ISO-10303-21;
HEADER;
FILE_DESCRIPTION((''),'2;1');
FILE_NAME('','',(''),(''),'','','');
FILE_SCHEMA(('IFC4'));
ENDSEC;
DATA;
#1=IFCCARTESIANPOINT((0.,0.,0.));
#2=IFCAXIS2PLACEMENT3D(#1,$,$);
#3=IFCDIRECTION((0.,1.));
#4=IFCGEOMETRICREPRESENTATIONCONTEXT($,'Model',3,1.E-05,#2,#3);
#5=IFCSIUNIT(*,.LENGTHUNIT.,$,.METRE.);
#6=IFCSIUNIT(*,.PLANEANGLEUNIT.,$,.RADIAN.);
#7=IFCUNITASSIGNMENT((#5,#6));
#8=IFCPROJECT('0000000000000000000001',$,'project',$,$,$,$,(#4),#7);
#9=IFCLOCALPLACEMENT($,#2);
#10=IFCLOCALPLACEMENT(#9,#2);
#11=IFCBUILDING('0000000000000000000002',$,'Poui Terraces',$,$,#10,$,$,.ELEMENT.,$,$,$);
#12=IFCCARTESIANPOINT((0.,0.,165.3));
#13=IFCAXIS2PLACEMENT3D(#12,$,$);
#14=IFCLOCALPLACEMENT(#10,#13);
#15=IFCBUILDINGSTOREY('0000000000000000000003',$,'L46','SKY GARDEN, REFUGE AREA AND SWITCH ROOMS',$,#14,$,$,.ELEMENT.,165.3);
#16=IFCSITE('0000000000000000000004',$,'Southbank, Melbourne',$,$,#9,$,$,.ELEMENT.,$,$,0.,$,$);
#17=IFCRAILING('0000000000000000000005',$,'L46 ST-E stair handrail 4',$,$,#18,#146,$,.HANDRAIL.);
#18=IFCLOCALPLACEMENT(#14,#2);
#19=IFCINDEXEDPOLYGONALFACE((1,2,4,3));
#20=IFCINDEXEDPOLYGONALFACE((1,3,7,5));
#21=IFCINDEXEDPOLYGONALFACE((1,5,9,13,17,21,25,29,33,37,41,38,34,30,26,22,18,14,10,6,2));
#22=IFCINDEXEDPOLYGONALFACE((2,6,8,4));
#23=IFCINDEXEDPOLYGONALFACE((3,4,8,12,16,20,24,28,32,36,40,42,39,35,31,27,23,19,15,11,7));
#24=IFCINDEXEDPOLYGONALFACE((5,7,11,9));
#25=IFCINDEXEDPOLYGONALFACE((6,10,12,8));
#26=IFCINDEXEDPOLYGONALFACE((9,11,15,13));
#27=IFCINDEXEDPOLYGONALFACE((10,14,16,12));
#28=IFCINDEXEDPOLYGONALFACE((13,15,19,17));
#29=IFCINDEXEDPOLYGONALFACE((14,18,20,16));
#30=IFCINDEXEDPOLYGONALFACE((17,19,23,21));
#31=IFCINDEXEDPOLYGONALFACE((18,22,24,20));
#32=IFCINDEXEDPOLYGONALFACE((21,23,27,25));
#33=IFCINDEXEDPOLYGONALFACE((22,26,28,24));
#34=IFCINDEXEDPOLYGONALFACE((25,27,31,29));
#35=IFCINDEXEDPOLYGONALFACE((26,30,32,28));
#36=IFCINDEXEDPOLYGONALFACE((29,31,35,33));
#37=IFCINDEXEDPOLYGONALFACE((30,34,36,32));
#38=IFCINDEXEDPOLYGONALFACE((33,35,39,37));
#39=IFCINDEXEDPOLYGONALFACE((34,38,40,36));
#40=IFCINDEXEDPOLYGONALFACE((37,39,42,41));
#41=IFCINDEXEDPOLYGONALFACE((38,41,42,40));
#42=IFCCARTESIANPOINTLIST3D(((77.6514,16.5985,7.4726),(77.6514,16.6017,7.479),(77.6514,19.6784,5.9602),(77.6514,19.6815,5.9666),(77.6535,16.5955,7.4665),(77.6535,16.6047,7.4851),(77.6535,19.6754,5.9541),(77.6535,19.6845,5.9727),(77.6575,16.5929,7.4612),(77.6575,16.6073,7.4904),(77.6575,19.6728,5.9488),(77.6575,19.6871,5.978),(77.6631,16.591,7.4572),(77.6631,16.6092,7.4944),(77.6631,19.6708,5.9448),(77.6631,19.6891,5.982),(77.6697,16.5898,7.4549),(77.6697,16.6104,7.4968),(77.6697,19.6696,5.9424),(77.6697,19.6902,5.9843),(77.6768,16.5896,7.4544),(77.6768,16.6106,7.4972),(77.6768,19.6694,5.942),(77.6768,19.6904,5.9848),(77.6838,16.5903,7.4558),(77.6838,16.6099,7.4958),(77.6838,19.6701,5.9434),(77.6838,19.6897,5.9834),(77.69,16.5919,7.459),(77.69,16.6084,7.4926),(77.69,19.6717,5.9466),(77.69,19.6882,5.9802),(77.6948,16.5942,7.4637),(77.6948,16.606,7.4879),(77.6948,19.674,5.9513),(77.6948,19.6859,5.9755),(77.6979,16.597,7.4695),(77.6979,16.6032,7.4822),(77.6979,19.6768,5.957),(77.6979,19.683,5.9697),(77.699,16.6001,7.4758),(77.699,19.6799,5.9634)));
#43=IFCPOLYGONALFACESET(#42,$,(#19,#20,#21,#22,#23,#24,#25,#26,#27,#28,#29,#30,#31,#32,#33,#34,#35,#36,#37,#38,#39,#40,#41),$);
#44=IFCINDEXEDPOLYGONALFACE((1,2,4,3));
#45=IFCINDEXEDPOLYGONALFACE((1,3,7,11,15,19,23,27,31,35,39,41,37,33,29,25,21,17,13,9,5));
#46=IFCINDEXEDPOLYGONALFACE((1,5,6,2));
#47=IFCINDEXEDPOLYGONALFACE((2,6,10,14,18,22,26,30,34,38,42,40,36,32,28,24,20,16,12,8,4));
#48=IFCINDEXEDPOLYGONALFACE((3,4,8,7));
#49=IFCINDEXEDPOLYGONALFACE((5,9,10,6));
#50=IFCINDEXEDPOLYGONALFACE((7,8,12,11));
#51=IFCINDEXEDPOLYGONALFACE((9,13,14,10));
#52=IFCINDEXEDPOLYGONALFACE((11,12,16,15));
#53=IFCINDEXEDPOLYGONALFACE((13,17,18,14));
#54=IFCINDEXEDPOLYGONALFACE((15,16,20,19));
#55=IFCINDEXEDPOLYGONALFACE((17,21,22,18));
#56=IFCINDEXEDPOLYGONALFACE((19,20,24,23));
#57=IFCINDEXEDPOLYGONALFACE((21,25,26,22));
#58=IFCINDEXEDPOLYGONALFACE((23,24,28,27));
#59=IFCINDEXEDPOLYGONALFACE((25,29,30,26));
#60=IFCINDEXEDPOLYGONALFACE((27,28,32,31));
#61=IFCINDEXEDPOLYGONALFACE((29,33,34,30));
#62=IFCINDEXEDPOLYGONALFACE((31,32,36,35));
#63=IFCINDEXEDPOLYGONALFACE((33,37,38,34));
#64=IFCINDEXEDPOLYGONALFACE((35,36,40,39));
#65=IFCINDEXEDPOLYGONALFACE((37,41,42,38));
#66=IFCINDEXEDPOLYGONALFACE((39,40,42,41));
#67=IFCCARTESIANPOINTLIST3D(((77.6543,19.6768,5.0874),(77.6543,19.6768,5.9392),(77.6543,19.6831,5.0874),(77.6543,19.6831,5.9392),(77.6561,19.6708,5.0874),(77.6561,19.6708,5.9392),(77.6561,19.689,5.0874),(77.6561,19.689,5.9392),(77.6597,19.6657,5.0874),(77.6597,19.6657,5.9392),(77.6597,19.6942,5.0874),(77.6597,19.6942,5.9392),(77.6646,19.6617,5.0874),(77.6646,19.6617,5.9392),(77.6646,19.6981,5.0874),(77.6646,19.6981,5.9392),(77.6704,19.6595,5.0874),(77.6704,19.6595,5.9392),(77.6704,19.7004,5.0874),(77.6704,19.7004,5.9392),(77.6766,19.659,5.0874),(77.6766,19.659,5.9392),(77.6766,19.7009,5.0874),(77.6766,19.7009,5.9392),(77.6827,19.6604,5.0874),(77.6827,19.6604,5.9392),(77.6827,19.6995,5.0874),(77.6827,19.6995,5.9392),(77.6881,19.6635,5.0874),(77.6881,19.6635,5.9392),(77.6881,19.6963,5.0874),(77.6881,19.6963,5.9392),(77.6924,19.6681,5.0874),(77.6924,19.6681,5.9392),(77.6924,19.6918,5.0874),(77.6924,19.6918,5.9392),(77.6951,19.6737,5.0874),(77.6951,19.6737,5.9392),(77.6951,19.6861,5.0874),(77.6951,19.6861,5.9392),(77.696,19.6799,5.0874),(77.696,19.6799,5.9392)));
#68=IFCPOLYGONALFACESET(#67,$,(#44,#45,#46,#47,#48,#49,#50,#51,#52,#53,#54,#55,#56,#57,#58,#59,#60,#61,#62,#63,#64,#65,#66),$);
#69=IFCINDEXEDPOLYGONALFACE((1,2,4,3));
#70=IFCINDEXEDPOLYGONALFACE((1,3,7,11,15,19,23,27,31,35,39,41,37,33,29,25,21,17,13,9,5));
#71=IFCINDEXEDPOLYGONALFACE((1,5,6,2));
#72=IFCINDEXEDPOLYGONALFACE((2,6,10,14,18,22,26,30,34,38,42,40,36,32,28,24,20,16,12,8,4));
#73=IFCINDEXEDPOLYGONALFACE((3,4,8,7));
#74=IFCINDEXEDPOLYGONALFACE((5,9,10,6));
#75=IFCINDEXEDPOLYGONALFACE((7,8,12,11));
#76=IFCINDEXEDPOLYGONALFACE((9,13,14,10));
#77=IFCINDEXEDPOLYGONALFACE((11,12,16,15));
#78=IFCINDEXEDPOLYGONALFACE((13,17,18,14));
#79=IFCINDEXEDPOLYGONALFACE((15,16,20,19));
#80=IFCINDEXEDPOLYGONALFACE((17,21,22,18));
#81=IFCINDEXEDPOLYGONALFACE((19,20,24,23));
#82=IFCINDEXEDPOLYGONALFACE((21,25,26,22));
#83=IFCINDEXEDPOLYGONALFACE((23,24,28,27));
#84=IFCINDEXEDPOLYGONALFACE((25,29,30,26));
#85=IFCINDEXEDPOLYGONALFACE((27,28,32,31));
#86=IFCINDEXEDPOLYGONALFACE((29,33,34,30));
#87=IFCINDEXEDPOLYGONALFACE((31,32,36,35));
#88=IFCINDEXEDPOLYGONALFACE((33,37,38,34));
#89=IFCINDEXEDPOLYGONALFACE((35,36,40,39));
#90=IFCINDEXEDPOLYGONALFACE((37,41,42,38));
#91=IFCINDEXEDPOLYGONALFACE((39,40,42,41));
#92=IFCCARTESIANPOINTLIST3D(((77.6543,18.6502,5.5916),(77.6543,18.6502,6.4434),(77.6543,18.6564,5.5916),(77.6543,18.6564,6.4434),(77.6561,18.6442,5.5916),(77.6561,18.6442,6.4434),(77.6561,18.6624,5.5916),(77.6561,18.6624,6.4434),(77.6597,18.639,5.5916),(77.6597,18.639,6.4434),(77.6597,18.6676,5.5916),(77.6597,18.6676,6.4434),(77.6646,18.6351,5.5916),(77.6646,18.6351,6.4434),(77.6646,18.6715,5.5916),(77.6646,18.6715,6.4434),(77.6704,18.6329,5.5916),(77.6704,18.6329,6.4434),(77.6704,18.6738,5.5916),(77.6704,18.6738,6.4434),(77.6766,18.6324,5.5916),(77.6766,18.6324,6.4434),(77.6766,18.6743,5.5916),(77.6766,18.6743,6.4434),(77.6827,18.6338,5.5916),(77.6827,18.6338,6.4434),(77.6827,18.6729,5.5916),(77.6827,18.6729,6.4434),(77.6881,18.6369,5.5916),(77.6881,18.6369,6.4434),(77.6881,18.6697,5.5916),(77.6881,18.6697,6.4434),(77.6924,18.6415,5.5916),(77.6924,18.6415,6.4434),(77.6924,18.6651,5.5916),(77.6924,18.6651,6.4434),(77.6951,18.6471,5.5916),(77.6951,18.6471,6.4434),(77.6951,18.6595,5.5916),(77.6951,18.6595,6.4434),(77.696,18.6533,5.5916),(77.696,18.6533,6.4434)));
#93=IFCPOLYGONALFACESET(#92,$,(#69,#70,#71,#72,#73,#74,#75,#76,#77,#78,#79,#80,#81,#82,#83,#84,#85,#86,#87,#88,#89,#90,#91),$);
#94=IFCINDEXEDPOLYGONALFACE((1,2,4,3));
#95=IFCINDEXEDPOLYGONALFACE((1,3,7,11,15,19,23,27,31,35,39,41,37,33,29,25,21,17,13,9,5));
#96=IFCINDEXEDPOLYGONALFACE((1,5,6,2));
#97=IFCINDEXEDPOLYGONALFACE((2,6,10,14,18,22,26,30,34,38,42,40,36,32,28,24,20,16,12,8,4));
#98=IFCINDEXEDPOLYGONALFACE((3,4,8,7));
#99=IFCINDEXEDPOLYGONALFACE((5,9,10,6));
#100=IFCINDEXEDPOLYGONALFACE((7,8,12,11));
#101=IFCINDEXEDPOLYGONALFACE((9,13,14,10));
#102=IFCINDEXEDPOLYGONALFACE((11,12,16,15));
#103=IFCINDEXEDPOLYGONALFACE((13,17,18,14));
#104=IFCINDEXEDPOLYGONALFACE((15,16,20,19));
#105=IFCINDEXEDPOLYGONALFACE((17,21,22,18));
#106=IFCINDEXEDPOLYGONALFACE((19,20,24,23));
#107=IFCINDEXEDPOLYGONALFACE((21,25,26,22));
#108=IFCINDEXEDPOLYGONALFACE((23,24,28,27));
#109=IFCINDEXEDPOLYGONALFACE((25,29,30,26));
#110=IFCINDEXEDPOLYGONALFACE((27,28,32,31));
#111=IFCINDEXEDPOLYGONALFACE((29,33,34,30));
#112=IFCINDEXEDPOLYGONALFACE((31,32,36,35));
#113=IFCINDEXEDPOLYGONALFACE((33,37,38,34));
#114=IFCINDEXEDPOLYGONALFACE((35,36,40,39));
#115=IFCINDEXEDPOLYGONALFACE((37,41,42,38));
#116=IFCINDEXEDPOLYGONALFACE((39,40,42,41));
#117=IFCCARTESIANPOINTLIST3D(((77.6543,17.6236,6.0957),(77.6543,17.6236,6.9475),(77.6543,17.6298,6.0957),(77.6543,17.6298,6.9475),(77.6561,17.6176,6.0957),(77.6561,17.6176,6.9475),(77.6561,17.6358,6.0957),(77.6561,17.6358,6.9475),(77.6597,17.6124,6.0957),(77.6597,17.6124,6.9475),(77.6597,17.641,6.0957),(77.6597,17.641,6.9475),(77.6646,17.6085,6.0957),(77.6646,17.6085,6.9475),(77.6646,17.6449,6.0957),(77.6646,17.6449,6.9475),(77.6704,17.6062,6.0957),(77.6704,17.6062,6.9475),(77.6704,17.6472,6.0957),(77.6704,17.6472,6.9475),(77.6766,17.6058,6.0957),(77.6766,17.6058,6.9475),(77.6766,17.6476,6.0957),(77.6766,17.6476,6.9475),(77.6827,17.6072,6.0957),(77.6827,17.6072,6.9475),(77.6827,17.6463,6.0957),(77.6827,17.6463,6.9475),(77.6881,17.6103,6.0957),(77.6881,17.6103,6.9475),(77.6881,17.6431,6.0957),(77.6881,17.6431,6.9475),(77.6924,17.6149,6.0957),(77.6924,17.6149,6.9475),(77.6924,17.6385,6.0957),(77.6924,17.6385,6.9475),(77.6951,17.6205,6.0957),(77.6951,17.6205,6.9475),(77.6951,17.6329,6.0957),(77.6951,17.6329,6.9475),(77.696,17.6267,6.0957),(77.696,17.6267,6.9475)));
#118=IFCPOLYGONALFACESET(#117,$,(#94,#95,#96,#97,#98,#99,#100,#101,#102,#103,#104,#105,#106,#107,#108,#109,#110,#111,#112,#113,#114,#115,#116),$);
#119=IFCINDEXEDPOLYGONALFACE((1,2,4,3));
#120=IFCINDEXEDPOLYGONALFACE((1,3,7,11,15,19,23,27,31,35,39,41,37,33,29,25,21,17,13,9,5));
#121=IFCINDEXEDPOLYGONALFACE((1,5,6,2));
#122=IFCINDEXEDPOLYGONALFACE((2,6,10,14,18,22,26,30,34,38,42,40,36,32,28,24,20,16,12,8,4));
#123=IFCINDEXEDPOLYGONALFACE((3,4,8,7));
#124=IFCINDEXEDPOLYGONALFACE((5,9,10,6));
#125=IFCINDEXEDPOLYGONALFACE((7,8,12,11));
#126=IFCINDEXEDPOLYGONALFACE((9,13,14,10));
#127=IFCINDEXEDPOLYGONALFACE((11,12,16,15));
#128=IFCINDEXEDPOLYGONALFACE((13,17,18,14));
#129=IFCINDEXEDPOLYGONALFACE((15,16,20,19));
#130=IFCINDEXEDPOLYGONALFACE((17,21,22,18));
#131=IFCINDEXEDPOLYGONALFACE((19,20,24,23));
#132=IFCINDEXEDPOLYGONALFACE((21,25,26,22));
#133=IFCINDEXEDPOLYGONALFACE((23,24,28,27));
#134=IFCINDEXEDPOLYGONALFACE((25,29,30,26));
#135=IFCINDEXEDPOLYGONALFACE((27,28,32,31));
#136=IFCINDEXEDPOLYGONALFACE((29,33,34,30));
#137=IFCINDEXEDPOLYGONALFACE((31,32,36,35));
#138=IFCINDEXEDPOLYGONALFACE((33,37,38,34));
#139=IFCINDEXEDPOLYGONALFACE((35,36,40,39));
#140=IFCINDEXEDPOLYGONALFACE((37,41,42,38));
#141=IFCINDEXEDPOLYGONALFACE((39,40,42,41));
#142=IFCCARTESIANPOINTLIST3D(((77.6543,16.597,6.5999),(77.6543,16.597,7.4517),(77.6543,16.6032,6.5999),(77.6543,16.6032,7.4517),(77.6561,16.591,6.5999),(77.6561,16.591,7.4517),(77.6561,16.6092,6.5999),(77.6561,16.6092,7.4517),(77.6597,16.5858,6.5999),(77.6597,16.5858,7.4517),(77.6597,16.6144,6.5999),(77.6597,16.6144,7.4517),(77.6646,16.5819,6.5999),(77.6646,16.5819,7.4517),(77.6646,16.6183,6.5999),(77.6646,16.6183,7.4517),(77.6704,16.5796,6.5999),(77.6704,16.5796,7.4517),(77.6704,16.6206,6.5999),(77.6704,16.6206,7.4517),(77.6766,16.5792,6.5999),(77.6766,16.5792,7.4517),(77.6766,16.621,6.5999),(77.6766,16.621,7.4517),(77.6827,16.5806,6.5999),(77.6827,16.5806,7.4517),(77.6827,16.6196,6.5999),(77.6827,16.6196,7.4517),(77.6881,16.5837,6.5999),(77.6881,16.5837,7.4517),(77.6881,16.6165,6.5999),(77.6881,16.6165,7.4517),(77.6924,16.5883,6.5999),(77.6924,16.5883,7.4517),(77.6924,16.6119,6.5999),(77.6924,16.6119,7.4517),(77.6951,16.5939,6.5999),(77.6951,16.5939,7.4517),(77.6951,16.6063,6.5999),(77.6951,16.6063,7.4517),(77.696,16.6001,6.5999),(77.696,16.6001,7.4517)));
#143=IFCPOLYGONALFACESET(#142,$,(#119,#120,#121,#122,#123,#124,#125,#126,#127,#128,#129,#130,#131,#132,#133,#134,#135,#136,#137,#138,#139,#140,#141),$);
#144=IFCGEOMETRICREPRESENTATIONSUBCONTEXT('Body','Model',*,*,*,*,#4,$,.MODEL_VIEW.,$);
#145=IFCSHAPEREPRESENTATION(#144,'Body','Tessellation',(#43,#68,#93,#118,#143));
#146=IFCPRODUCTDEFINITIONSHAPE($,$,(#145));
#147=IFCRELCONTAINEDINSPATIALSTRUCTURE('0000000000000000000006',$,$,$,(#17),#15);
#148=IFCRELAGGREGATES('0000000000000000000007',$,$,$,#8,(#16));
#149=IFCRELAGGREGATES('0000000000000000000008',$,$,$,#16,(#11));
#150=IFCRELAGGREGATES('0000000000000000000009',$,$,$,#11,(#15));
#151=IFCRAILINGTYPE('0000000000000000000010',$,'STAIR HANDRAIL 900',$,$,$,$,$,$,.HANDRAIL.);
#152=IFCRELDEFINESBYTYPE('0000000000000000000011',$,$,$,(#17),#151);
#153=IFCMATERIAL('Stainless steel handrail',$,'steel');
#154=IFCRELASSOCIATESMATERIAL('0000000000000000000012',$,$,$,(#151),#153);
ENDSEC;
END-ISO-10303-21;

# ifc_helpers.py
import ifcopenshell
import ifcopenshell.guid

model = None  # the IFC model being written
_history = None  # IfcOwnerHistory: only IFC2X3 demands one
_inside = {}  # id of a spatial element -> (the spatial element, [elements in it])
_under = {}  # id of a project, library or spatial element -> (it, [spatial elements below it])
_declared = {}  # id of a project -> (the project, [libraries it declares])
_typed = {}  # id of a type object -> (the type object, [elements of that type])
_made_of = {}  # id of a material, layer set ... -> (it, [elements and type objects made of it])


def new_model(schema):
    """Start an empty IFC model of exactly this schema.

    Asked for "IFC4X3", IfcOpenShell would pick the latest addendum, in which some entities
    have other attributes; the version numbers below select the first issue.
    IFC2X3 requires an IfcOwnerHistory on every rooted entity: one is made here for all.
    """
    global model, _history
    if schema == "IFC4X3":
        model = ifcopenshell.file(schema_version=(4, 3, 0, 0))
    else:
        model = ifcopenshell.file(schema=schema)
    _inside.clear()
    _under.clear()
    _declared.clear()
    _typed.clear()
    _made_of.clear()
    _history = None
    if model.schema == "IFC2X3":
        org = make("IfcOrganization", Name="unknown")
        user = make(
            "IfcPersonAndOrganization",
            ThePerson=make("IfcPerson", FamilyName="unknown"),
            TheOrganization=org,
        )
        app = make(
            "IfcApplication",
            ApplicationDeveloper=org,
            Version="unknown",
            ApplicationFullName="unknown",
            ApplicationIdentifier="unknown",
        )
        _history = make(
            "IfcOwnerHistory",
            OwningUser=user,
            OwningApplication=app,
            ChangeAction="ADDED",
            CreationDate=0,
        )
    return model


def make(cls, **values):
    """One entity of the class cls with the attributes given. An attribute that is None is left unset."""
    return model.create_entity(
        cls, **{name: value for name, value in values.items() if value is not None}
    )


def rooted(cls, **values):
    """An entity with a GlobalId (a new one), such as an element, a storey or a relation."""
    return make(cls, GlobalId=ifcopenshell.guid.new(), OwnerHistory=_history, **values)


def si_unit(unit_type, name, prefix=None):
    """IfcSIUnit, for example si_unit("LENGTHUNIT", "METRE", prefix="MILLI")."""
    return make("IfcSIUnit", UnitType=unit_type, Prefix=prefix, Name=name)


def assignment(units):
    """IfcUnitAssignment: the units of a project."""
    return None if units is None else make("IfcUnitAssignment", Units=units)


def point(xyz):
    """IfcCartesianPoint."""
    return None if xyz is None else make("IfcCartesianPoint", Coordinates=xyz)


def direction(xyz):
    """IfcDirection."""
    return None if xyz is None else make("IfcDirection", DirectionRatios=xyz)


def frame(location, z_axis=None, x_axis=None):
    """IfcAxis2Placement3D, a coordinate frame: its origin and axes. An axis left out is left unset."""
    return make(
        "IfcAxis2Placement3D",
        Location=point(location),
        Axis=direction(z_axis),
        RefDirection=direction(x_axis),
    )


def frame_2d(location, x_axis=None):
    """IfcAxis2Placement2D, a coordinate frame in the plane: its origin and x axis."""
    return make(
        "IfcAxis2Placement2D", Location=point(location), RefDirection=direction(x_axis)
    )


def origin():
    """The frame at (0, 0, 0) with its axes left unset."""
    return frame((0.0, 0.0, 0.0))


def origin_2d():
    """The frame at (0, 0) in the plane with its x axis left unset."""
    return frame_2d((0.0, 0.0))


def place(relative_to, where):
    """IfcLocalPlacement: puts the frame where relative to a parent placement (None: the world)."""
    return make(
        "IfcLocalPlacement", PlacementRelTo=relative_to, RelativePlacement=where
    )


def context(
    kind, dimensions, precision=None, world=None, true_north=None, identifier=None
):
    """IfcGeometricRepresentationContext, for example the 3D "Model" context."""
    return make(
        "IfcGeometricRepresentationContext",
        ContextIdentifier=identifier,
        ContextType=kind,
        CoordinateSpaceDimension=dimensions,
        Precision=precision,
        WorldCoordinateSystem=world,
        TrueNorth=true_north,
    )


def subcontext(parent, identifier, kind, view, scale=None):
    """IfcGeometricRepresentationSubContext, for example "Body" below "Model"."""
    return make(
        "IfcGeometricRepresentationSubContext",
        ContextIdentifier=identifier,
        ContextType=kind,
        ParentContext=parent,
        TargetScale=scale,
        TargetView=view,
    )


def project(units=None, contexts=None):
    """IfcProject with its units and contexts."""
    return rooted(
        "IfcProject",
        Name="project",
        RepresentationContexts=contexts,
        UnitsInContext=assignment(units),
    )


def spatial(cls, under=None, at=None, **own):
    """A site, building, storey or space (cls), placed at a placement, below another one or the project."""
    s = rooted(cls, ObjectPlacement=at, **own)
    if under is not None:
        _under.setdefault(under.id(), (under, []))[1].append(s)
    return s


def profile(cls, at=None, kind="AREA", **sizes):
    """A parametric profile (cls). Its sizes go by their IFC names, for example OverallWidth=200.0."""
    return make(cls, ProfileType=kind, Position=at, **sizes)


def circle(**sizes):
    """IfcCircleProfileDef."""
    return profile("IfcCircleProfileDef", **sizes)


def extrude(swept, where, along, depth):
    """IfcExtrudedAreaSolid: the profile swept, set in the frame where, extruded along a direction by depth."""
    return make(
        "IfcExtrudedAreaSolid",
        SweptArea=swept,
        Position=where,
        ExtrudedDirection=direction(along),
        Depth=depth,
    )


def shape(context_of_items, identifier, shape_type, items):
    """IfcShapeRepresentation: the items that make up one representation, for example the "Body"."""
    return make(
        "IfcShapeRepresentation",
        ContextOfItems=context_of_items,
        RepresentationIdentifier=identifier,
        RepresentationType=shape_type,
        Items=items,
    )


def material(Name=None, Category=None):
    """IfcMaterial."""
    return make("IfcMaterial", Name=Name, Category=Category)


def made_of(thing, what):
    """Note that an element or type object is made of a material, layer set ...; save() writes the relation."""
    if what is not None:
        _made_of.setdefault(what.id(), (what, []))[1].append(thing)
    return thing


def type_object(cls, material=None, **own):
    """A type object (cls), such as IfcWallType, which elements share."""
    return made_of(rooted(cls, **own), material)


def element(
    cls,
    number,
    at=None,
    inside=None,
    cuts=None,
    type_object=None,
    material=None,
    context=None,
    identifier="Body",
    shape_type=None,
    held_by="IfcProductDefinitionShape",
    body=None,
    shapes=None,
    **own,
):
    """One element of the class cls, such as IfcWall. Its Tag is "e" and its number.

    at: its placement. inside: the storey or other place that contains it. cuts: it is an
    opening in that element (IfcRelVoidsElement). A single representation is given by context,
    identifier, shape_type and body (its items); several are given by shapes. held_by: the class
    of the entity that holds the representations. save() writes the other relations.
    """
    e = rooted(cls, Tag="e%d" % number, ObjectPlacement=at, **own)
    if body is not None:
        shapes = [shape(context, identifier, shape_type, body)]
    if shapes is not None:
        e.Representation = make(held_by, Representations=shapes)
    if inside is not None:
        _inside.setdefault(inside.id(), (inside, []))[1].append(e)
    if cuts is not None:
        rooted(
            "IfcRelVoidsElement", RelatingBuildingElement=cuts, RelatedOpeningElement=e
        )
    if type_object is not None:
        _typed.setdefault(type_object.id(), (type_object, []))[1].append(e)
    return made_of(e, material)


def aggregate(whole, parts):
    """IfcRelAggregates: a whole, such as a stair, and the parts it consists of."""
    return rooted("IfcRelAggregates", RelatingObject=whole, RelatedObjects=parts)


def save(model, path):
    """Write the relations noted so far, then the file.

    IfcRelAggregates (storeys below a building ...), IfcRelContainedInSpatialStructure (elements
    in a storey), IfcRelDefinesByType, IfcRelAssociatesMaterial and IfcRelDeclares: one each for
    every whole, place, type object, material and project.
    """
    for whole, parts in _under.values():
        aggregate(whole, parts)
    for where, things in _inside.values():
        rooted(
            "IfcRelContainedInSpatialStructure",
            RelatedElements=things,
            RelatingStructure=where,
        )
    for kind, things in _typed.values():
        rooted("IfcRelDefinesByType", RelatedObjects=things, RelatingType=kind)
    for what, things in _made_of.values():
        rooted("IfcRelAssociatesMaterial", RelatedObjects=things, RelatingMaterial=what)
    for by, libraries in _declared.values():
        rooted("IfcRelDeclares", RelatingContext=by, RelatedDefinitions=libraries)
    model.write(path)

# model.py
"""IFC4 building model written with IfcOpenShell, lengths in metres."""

from ifc_helpers import new_model, si_unit, direction, frame, origin, origin_2d, place, context, subcontext, project, spatial, circle, extrude, material, type_object, element, save


model = new_model("IFC4")

# Units and contexts
model_context = context("Model", 3, precision=1e-05, world=origin(), true_north=direction((0.0, 1.0)))
body_context = subcontext(model_context, "Body", "Model", "MODEL_VIEW")
ifc_project = project(units=[si_unit("LENGTHUNIT", "METRE"), si_unit("PLANEANGLEUNIT", "RADIAN")], contexts=[model_context])

# Site, building, storey
site_placement = place(None, origin())
site = spatial("IfcSite", under=ifc_project, at=site_placement, Name="Southbank, Melbourne", CompositionType="ELEMENT", RefElevation=0.0)
building_placement = place(site_placement, origin())
building = spatial("IfcBuilding", under=site, at=building_placement, Name="Poui Terraces", CompositionType="ELEMENT")
storey_placement = place(building_placement, frame((0.0, 0.0, 165.3)))
storey = spatial("IfcBuildingStorey", under=building, at=storey_placement, Name="L46", Description="SKY GARDEN, REFUGE AREA AND SWITCH ROOMS", CompositionType="ELEMENT", Elevation=165.3)

# Railing
ifc_material_1 = material(Name="Stainless steel handrail", Category="steel")
railing_type_1 = type_object("IfcRailingType", Name="STAIR HANDRAIL 900", PredefinedType="HANDRAIL", material=ifc_material_1)
railing_1_placement = place(storey_placement, frame((77.675, 19.6799, 5.0874)))
element("IfcRailing", 1, at=railing_1_placement, inside=storey, type_object=railing_type_1, Name="L46 ST-E stair handrail 4", PredefinedType="HANDRAIL", context=body_context, shape_type="SweptSolid", body=[
    extrude(circle(Radius=0.0239, at=origin_2d()), frame((0.0, 0.0, 0.876), z_axis=(0.0, -0.897606, 0.440798), x_axis=(1.0, 0.0, 0.0)), (0.0, 0.0, 1.0), 3.4312),
    extrude(circle(Radius=0.021, at=origin_2d()), origin(), (0.0, 0.0, 1.0), 0.8518),
    extrude(circle(Radius=0.021, at=origin_2d()), frame((0.0, -1.0266, 0.5042)), (0.0, 0.0, 1.0), 0.8518),
    extrude(circle(Radius=0.021, at=origin_2d()), frame((0.0, -2.0532, 1.0083)), (0.0, 0.0, 1.0), 0.8518),
    extrude(circle(Radius=0.021, at=origin_2d()), frame((0.0, -3.0798, 1.5125)), (0.0, 0.0, 1.0), 0.8518),
])

save(model, "model.ifc")
